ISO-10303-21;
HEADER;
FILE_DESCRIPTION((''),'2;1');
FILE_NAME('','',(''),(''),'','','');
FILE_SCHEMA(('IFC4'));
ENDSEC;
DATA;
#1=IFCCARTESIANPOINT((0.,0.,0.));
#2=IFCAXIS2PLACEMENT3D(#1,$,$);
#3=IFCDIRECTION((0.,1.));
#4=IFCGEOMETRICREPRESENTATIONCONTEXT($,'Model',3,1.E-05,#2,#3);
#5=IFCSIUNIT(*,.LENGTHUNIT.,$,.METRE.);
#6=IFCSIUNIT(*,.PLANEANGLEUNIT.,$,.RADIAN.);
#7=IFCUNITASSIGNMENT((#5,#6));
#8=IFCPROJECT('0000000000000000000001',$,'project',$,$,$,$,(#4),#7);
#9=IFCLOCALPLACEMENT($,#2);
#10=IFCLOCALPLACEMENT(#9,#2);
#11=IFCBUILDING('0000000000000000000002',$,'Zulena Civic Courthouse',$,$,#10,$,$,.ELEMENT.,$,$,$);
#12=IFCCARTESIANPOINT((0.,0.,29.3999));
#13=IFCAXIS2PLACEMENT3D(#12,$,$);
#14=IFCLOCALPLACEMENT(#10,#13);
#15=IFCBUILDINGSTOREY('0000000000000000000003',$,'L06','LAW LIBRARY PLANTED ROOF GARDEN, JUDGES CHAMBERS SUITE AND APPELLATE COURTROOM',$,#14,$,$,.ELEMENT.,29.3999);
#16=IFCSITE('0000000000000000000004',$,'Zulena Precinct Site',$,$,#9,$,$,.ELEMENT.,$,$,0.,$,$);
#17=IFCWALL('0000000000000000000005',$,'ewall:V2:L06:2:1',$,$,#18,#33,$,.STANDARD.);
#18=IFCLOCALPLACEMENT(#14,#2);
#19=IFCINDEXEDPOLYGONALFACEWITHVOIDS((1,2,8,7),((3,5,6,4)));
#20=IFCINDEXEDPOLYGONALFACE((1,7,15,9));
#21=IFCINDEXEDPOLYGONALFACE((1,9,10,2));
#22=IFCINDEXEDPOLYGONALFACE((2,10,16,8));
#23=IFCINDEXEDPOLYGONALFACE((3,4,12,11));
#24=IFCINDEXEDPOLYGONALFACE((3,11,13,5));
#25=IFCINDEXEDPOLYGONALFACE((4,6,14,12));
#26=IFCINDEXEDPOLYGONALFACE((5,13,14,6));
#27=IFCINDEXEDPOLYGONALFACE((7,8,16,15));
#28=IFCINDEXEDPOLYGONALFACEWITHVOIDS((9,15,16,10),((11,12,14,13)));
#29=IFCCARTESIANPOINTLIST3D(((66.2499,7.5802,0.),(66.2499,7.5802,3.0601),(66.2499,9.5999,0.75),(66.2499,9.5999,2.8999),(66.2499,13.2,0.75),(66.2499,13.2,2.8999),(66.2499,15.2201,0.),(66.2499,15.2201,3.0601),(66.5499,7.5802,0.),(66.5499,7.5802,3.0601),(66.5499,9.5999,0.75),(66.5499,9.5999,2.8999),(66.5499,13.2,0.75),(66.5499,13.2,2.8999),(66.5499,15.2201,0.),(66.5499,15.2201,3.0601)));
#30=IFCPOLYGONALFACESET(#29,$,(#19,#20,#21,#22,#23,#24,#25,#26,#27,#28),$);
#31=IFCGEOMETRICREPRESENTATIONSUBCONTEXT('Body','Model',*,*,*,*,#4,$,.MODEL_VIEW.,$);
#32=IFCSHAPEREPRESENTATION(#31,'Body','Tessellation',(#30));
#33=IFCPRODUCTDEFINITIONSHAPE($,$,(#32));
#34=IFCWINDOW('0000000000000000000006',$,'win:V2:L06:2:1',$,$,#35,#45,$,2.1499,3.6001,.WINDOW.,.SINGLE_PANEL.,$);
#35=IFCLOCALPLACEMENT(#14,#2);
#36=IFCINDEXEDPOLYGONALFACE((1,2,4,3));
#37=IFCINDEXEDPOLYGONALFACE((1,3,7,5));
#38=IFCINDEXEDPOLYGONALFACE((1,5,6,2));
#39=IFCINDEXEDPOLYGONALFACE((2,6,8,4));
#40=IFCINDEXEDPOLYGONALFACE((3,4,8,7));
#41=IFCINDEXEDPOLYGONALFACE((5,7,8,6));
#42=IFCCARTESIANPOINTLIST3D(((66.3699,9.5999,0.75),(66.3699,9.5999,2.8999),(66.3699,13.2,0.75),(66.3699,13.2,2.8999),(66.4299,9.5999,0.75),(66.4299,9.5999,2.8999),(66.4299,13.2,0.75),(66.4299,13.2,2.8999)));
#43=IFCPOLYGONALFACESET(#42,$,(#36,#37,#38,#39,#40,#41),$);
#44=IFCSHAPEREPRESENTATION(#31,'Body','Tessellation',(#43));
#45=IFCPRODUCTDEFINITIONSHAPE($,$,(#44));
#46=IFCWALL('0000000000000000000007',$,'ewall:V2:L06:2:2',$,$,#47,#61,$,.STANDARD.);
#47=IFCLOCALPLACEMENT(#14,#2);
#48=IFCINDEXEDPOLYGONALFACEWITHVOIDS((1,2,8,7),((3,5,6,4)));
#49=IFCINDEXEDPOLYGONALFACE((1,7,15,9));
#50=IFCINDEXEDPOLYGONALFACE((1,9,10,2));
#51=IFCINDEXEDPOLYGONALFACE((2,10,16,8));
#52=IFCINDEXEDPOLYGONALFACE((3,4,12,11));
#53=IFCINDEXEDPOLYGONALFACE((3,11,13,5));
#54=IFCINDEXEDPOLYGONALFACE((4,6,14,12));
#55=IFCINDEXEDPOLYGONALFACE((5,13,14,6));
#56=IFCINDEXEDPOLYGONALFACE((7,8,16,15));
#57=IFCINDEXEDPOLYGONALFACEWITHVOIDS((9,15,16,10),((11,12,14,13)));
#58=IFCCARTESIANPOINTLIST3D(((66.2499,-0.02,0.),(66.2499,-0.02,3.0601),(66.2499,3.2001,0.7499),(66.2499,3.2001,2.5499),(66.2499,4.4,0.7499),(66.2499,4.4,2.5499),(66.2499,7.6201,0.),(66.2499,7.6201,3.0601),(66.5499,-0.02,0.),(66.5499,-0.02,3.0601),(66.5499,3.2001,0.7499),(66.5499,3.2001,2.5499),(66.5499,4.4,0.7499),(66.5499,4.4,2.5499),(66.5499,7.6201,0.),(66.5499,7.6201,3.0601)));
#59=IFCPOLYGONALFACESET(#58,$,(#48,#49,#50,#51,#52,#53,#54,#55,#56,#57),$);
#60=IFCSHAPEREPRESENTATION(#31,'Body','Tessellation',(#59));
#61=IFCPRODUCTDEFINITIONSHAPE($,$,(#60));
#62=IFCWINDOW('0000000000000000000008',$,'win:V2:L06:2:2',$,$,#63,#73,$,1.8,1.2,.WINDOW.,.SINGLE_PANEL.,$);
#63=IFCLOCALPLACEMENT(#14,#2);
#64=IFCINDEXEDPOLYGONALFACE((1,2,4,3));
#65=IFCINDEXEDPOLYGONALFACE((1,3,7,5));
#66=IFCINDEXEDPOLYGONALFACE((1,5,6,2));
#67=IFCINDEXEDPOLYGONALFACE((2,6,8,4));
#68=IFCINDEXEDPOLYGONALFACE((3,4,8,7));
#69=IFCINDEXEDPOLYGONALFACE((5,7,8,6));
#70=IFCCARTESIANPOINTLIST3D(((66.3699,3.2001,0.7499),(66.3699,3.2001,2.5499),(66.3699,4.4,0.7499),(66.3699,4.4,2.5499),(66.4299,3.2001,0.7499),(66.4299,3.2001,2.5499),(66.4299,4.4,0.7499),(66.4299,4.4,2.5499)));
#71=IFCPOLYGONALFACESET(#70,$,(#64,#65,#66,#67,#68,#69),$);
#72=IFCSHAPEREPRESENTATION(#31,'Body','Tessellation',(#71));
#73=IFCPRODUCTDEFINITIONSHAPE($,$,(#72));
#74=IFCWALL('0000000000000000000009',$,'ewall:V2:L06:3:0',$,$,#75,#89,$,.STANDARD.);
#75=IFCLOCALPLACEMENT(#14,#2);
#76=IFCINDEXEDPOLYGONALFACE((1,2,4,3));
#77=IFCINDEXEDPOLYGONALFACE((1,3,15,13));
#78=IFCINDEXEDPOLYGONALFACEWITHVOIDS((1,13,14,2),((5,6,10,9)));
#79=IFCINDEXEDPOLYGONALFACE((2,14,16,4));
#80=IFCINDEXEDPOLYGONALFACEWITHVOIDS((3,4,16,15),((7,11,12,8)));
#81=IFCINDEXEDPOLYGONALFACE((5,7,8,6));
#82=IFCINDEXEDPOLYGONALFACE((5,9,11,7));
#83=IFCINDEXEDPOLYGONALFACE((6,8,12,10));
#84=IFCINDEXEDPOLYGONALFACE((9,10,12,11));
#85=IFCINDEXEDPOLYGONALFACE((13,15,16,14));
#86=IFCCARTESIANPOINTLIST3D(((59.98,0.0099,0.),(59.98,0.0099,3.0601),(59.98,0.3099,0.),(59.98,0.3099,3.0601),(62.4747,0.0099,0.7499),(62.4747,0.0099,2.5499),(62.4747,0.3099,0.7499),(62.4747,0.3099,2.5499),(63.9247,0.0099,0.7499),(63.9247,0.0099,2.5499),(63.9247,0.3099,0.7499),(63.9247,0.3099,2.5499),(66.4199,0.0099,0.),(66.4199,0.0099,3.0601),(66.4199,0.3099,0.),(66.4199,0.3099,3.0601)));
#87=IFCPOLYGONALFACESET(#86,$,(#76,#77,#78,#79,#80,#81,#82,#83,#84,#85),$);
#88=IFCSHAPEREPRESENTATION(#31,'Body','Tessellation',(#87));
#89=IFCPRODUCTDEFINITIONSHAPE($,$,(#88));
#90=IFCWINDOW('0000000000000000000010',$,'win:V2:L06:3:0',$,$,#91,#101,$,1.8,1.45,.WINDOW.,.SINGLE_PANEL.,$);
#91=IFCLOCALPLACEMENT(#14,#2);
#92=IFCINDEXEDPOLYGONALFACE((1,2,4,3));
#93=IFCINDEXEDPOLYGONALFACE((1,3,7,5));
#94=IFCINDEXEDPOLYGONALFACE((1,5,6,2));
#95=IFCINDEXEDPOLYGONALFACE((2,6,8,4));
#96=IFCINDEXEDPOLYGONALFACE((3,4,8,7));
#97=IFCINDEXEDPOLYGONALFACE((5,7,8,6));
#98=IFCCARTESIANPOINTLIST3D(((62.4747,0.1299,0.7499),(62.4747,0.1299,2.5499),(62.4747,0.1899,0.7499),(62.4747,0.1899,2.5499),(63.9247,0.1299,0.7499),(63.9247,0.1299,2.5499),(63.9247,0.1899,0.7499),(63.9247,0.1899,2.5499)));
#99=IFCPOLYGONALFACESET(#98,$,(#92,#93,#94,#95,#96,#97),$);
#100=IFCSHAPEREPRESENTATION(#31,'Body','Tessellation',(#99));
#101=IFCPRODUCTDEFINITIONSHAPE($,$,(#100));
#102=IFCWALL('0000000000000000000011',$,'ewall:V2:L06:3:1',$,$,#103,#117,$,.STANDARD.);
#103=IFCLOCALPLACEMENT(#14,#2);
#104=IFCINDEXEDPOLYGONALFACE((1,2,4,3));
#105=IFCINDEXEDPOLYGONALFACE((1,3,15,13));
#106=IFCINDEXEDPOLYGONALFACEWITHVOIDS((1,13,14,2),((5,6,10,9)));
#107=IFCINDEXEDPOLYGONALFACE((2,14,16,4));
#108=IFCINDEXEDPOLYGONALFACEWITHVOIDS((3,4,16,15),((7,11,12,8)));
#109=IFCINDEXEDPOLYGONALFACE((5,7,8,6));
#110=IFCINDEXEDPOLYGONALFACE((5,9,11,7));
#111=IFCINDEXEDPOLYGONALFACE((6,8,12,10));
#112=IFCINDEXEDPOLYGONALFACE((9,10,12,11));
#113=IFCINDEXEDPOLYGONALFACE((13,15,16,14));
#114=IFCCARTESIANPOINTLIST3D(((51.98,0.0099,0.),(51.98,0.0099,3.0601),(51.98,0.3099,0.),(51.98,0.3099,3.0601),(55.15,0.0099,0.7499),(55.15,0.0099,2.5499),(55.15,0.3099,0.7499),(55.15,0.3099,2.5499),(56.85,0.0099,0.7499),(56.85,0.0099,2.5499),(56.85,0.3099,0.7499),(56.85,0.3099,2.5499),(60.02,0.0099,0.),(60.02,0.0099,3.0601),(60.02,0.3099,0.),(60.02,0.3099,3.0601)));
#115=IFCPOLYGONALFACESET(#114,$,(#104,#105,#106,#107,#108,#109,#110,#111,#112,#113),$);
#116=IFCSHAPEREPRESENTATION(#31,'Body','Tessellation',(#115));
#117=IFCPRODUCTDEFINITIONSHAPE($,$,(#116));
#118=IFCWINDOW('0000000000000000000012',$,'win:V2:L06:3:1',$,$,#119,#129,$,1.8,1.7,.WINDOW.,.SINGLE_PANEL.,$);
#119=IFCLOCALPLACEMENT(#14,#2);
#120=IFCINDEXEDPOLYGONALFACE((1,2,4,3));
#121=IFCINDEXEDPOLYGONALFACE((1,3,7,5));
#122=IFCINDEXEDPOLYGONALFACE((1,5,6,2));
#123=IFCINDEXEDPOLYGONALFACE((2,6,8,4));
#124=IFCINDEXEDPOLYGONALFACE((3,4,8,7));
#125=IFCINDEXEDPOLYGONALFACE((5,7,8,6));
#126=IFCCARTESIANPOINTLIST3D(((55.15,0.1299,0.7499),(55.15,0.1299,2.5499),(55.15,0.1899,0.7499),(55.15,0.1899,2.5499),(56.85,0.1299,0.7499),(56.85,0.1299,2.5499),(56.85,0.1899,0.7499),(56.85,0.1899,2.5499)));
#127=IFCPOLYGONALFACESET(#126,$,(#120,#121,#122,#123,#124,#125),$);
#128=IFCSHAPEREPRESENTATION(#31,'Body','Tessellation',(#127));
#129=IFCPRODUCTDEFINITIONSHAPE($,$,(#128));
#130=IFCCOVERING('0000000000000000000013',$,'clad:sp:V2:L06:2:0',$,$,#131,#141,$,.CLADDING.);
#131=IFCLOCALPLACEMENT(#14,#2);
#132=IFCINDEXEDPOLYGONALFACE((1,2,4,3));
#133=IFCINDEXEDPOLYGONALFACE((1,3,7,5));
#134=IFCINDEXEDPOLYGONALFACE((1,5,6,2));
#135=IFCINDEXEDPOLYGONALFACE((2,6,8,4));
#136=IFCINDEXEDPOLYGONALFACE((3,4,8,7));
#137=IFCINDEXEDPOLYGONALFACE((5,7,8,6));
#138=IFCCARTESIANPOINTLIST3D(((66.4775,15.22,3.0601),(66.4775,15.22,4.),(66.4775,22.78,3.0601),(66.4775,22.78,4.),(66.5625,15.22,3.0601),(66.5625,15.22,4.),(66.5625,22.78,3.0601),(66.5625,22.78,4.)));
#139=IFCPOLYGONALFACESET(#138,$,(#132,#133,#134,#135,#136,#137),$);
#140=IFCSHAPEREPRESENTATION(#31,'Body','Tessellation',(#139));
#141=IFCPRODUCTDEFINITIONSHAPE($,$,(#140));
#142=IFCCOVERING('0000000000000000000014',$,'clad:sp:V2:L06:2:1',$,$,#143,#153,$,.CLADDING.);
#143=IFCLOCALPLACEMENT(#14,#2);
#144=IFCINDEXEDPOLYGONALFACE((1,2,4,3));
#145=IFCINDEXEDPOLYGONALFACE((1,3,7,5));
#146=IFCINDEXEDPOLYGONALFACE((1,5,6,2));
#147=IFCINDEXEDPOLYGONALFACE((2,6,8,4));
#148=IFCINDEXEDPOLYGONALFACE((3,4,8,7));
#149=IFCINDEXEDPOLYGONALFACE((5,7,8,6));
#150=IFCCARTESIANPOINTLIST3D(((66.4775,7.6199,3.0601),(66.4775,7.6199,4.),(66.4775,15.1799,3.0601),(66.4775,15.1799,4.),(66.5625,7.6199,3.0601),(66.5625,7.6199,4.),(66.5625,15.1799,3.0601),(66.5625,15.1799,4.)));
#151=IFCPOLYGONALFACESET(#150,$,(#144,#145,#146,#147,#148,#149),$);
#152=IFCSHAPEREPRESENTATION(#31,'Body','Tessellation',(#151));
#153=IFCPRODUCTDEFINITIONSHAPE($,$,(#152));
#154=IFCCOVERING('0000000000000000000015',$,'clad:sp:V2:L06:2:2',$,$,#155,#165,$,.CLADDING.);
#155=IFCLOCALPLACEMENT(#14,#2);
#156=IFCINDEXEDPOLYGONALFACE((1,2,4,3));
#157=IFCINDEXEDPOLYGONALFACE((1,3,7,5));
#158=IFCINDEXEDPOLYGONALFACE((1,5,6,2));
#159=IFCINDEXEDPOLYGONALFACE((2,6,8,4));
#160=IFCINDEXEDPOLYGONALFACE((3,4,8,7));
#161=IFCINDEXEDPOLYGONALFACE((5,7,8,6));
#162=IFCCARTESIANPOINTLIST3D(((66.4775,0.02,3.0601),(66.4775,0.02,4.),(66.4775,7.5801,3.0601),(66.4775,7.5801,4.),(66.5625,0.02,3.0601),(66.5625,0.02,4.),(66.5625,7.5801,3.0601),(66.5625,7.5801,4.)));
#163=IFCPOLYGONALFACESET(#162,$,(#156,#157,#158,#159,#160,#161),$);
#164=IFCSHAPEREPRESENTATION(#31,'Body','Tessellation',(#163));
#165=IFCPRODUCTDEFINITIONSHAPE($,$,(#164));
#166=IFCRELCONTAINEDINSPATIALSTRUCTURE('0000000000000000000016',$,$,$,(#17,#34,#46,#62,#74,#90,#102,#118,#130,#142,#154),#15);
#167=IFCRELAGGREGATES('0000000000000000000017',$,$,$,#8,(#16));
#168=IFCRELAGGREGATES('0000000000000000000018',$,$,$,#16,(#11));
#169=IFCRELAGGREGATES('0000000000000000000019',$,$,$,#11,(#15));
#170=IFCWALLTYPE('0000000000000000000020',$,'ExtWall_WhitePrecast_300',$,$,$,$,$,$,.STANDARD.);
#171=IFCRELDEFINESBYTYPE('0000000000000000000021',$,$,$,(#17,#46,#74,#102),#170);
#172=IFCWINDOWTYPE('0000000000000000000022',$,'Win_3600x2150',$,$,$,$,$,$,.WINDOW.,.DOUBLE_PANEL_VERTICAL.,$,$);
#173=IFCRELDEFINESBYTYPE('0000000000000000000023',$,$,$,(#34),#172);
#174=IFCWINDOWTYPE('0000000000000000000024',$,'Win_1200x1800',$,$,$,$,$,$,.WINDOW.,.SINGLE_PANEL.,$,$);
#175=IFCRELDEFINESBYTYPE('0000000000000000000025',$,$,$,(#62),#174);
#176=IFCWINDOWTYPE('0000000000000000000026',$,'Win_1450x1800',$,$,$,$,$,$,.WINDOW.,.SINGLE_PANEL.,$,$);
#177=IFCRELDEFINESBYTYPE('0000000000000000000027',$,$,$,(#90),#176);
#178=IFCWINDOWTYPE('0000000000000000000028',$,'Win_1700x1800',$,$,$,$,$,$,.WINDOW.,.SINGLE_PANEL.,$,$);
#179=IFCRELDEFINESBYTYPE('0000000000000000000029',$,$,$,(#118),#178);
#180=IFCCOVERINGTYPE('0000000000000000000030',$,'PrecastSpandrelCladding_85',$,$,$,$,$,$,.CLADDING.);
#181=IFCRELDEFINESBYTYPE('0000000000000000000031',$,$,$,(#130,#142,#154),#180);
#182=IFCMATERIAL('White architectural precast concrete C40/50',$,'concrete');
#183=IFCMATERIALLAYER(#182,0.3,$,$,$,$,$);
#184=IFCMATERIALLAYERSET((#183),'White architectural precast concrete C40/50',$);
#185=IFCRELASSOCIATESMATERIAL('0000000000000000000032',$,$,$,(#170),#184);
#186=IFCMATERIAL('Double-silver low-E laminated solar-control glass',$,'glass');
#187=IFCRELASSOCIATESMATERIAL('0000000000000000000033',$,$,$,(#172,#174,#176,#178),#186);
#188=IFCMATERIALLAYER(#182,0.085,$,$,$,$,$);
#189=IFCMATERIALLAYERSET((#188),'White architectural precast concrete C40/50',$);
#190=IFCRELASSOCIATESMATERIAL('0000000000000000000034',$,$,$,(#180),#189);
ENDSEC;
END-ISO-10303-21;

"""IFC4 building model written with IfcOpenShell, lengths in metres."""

from ifc_helpers import new_model, si_unit, direction, frame, frame_2d, origin, origin_2d, place, context, subcontext, project, spatial, rectangle, extrude, material, layer, layer_set, type_object, element, fill, save


model = new_model("IFC4")

# Units and contexts
model_context = context("Model", 3, precision=1e-05, world=origin(), true_north=direction((0.0, 1.0)))
body_context = subcontext(model_context, "Body", "Model", "MODEL_VIEW")
ifc_project = project(units=[si_unit("LENGTHUNIT", "METRE"), si_unit("PLANEANGLEUNIT", "RADIAN")], contexts=[model_context])

# Site, building, storey
site_placement = place(None, origin())
site = spatial("IfcSite", under=ifc_project, at=site_placement, Name="Zulena Precinct Site", CompositionType="ELEMENT", RefElevation=0.0)
building_placement = place(site_placement, origin())
building = spatial("IfcBuilding", under=site, at=building_placement, Name="Zulena Civic Courthouse", CompositionType="ELEMENT")
storey_placement = place(building_placement, frame((0.0, 0.0, 29.3999)))
storey = spatial("IfcBuildingStorey", under=building, at=storey_placement, Name="L06", Description="LAW LIBRARY PLANTED ROOF GARDEN, JUDGES CHAMBERS SUITE AND APPELLATE COURTROOM", CompositionType="ELEMENT", Elevation=29.3999)

# Walls, openings, windows
ifc_material_1 = material(Name="White architectural precast concrete C40/50", Category="concrete")
ifc_layer_1 = layer(ifc_material_1, 0.3)
ifc_layer_set_1 = layer_set([ifc_layer_1], Name="White architectural precast concrete C40/50")
wall_type = type_object("IfcWallType", Name="ExtWall_WhitePrecast_300", PredefinedType="STANDARD", material=ifc_layer_set_1)
wall_1_placement = place(storey_placement, frame((66.3999, 15.22, 0.0), z_axis=(0.0, 0.0, 1.0), x_axis=(0.0, -1.0, 0.0)))
wall_1 = element("IfcWall", 1, at=wall_1_placement, inside=storey, type_object=wall_type, Name="ewall:V2:L06:2:1", PredefinedType="STANDARD", context=body_context, shape_type="SweptSolid", body=[
    extrude(rectangle(XDim=7.6399, YDim=0.3, at=frame_2d((3.8198, 0.0))), origin(), (0.0, 0.0, 1.0), 3.0601),
])
opening_1_placement = place(wall_1_placement, frame((2.02, 0.0, 0.75)))
opening_1 = element("IfcOpeningElement", 2, at=opening_1_placement, cuts=wall_1, PredefinedType="OPENING", context=body_context, shape_type="SweptSolid", body=[
    extrude(rectangle(XDim=3.6001, YDim=2.1499, at=frame_2d((1.8, 1.075))), frame((0.0, 0.1599, 0.0), z_axis=(0.0, -1.0, 0.0), x_axis=(1.0, 0.0, 0.0)), (0.0, 0.0, 1.0), 0.3201),
])
ifc_material_2 = material(Name="Double-silver low-E laminated solar-control glass", Category="glass")
window_type_1 = type_object("IfcWindowType", Name="Win_3600x2150", PartitioningType="DOUBLE_PANEL_VERTICAL", PredefinedType="WINDOW", material=ifc_material_2)
window_1_placement = place(opening_1_placement, origin())
window_1 = element("IfcWindow", 3, at=window_1_placement, inside=storey, type_object=window_type_1, Name="win:V2:L06:2:1", OverallHeight=2.1499, OverallWidth=3.6001, PartitioningType="SINGLE_PANEL", PredefinedType="WINDOW", context=body_context, shape_type="SweptSolid", body=[
    extrude(rectangle(XDim=3.6001, YDim=2.1499, at=frame_2d((1.8, 1.075))), frame((0.0, 0.03, 0.0), z_axis=(0.0, -1.0, 0.0), x_axis=(1.0, 0.0, 0.0)), (0.0, 0.0, 1.0), 0.0601),
])
fill(opening_1, window_1)
wall_2_placement = place(storey_placement, frame((66.3999, 7.6201, 0.0), z_axis=(0.0, 0.0, 1.0), x_axis=(0.0, -1.0, 0.0)))
wall_2 = element("IfcWall", 4, at=wall_2_placement, inside=storey, type_object=wall_type, Name="ewall:V2:L06:2:2", PredefinedType="STANDARD", context=body_context, shape_type="SweptSolid", body=[
    extrude(rectangle(XDim=7.6401, YDim=0.3, at=frame_2d((3.8201, 0.0))), origin(), (0.0, 0.0, 1.0), 3.0601),
])
opening_2_placement = place(wall_2_placement, frame((3.22, 0.0, 0.75)))
opening_2 = element("IfcOpeningElement", 5, at=opening_2_placement, cuts=wall_2, PredefinedType="OPENING", context=body_context, shape_type="SweptSolid", body=[
    extrude(rectangle(XDim=1.2, YDim=1.8, at=frame_2d((0.6001, 0.8999))), frame((0.0, 0.1599, 0.0), z_axis=(0.0, -1.0, 0.0), x_axis=(1.0, 0.0, 0.0)), (0.0, 0.0, 1.0), 0.3201),
])
window_type_2 = type_object("IfcWindowType", Name="Win_1200x1800", PartitioningType="SINGLE_PANEL", PredefinedType="WINDOW", material=ifc_material_2)
window_2_placement = place(opening_2_placement, origin())
window_2 = element("IfcWindow", 6, at=window_2_placement, inside=storey, type_object=window_type_2, Name="win:V2:L06:2:2", OverallHeight=1.8, OverallWidth=1.2, PartitioningType="SINGLE_PANEL", PredefinedType="WINDOW", context=body_context, shape_type="SweptSolid", body=[
    extrude(rectangle(XDim=1.2, YDim=1.8, at=frame_2d((0.6001, 0.8999))), frame((0.0, 0.03, 0.0), z_axis=(0.0, -1.0, 0.0), x_axis=(1.0, 0.0, 0.0)), (0.0, 0.0, 1.0), 0.0601),
])
fill(opening_2, window_2)
wall_3_placement = place(storey_placement, frame((66.4199, 0.1599, 0.0), z_axis=(0.0, 0.0, 1.0), x_axis=(-1.0, 0.0, 0.0)))
wall_3 = element("IfcWall", 7, at=wall_3_placement, inside=storey, type_object=wall_type, Name="ewall:V2:L06:3:0", PredefinedType="STANDARD", context=body_context, shape_type="SweptSolid", body=[
    extrude(rectangle(XDim=6.4399, YDim=0.3, at=frame_2d((3.22, 0.0))), origin(), (0.0, 0.0, 1.0), 3.0601),
])
opening_3_placement = place(wall_3_placement, frame((2.4951, 0.0, 0.75)))
opening_3 = element("IfcOpeningElement", 8, at=opening_3_placement, cuts=wall_3, PredefinedType="OPENING", context=body_context, shape_type="SweptSolid", body=[
    extrude(rectangle(XDim=1.45, YDim=1.8, at=frame_2d((0.7251, 0.8999))), frame((0.0, 0.1599, 0.0), z_axis=(0.0, -1.0, 0.0), x_axis=(1.0, 0.0, 0.0)), (0.0, 0.0, 1.0), 0.3201),
])
window_type_3 = type_object("IfcWindowType", Name="Win_1450x1800", PartitioningType="SINGLE_PANEL", PredefinedType="WINDOW", material=ifc_material_2)
window_3_placement = place(opening_3_placement, origin())
window_3 = element("IfcWindow", 9, at=window_3_placement, inside=storey, type_object=window_type_3, Name="win:V2:L06:3:0", OverallHeight=1.8, OverallWidth=1.45, PartitioningType="SINGLE_PANEL", PredefinedType="WINDOW", context=body_context, shape_type="SweptSolid", body=[
    extrude(rectangle(XDim=1.45, YDim=1.8, at=frame_2d((0.7251, 0.8999))), frame((0.0, 0.03, 0.0), z_axis=(0.0, -1.0, 0.0), x_axis=(1.0, 0.0, 0.0)), (0.0, 0.0, 1.0), 0.0601),
])
fill(opening_3, window_3)
wall_4_placement = place(storey_placement, frame((60.02, 0.1599, 0.0), z_axis=(0.0, 0.0, 1.0), x_axis=(-1.0, 0.0, 0.0)))
wall_4 = element("IfcWall", 10, at=wall_4_placement, inside=storey, type_object=wall_type, Name="ewall:V2:L06:3:1", PredefinedType="STANDARD", context=body_context, shape_type="SweptSolid", body=[
    extrude(rectangle(XDim=8.04, YDim=0.3, at=frame_2d((4.02, 0.0))), origin(), (0.0, 0.0, 1.0), 3.0601),
])
opening_4_placement = place(wall_4_placement, frame((3.1699, 0.0, 0.75)))
opening_4 = element("IfcOpeningElement", 11, at=opening_4_placement, cuts=wall_4, PredefinedType="OPENING", context=body_context, shape_type="SweptSolid", body=[
    extrude(rectangle(XDim=1.7, YDim=1.8, at=frame_2d((0.8501, 0.8999))), frame((0.0, 0.1599, 0.0), z_axis=(0.0, -1.0, 0.0), x_axis=(1.0, 0.0, 0.0)), (0.0, 0.0, 1.0), 0.3201),
])
window_type_4 = type_object("IfcWindowType", Name="Win_1700x1800", PartitioningType="SINGLE_PANEL", PredefinedType="WINDOW", material=ifc_material_2)
window_4_placement = place(opening_4_placement, origin())
window_4 = element("IfcWindow", 12, at=window_4_placement, inside=storey, type_object=window_type_4, Name="win:V2:L06:3:1", OverallHeight=1.8, OverallWidth=1.7, PartitioningType="SINGLE_PANEL", PredefinedType="WINDOW", context=body_context, shape_type="SweptSolid", body=[
    extrude(rectangle(XDim=1.7, YDim=1.8, at=frame_2d((0.8501, 0.8999))), frame((0.0, 0.03, 0.0), z_axis=(0.0, -1.0, 0.0), x_axis=(1.0, 0.0, 0.0)), (0.0, 0.0, 1.0), 0.0601),
])
fill(opening_4, window_4)

# Coverings
ifc_layer_2 = layer(ifc_material_1, 0.085)
ifc_layer_set_2 = layer_set([ifc_layer_2], Name="White architectural precast concrete C40/50")
covering_type = type_object("IfcCoveringType", Name="PrecastSpandrelCladding_85", PredefinedType="CLADDING", material=ifc_layer_set_2)
for number, where, z_axis, x_axis, name in (
    (13, (66.52, 19.0, 3.0601), (0.0, 0.0, 1.0), (0.0, -1.0, 0.0), "clad:sp:V2:L06:2:0"),
    (14, (66.52, 11.3999, 3.0601), (0.0, 0.0, 1.0), (0.0, -1.0, 0.0), "clad:sp:V2:L06:2:1"),
    (15, (66.52, 3.8, 3.0601), (0.0, 0.0, 1.0), (0.0, -1.0, 0.0), "clad:sp:V2:L06:2:2"),
):
    element("IfcCovering", number, at=place(storey_placement, frame(where, z_axis=z_axis, x_axis=x_axis)), inside=storey, type_object=covering_type, Name=name, PredefinedType="CLADDING", context=body_context, shape_type="SweptSolid", body=[
        extrude(rectangle(XDim=7.5601, YDim=0.085, at=origin_2d()), origin(), (0.0, 0.0, 1.0), 0.9399),
    ])

save(model, "model.ifc")
